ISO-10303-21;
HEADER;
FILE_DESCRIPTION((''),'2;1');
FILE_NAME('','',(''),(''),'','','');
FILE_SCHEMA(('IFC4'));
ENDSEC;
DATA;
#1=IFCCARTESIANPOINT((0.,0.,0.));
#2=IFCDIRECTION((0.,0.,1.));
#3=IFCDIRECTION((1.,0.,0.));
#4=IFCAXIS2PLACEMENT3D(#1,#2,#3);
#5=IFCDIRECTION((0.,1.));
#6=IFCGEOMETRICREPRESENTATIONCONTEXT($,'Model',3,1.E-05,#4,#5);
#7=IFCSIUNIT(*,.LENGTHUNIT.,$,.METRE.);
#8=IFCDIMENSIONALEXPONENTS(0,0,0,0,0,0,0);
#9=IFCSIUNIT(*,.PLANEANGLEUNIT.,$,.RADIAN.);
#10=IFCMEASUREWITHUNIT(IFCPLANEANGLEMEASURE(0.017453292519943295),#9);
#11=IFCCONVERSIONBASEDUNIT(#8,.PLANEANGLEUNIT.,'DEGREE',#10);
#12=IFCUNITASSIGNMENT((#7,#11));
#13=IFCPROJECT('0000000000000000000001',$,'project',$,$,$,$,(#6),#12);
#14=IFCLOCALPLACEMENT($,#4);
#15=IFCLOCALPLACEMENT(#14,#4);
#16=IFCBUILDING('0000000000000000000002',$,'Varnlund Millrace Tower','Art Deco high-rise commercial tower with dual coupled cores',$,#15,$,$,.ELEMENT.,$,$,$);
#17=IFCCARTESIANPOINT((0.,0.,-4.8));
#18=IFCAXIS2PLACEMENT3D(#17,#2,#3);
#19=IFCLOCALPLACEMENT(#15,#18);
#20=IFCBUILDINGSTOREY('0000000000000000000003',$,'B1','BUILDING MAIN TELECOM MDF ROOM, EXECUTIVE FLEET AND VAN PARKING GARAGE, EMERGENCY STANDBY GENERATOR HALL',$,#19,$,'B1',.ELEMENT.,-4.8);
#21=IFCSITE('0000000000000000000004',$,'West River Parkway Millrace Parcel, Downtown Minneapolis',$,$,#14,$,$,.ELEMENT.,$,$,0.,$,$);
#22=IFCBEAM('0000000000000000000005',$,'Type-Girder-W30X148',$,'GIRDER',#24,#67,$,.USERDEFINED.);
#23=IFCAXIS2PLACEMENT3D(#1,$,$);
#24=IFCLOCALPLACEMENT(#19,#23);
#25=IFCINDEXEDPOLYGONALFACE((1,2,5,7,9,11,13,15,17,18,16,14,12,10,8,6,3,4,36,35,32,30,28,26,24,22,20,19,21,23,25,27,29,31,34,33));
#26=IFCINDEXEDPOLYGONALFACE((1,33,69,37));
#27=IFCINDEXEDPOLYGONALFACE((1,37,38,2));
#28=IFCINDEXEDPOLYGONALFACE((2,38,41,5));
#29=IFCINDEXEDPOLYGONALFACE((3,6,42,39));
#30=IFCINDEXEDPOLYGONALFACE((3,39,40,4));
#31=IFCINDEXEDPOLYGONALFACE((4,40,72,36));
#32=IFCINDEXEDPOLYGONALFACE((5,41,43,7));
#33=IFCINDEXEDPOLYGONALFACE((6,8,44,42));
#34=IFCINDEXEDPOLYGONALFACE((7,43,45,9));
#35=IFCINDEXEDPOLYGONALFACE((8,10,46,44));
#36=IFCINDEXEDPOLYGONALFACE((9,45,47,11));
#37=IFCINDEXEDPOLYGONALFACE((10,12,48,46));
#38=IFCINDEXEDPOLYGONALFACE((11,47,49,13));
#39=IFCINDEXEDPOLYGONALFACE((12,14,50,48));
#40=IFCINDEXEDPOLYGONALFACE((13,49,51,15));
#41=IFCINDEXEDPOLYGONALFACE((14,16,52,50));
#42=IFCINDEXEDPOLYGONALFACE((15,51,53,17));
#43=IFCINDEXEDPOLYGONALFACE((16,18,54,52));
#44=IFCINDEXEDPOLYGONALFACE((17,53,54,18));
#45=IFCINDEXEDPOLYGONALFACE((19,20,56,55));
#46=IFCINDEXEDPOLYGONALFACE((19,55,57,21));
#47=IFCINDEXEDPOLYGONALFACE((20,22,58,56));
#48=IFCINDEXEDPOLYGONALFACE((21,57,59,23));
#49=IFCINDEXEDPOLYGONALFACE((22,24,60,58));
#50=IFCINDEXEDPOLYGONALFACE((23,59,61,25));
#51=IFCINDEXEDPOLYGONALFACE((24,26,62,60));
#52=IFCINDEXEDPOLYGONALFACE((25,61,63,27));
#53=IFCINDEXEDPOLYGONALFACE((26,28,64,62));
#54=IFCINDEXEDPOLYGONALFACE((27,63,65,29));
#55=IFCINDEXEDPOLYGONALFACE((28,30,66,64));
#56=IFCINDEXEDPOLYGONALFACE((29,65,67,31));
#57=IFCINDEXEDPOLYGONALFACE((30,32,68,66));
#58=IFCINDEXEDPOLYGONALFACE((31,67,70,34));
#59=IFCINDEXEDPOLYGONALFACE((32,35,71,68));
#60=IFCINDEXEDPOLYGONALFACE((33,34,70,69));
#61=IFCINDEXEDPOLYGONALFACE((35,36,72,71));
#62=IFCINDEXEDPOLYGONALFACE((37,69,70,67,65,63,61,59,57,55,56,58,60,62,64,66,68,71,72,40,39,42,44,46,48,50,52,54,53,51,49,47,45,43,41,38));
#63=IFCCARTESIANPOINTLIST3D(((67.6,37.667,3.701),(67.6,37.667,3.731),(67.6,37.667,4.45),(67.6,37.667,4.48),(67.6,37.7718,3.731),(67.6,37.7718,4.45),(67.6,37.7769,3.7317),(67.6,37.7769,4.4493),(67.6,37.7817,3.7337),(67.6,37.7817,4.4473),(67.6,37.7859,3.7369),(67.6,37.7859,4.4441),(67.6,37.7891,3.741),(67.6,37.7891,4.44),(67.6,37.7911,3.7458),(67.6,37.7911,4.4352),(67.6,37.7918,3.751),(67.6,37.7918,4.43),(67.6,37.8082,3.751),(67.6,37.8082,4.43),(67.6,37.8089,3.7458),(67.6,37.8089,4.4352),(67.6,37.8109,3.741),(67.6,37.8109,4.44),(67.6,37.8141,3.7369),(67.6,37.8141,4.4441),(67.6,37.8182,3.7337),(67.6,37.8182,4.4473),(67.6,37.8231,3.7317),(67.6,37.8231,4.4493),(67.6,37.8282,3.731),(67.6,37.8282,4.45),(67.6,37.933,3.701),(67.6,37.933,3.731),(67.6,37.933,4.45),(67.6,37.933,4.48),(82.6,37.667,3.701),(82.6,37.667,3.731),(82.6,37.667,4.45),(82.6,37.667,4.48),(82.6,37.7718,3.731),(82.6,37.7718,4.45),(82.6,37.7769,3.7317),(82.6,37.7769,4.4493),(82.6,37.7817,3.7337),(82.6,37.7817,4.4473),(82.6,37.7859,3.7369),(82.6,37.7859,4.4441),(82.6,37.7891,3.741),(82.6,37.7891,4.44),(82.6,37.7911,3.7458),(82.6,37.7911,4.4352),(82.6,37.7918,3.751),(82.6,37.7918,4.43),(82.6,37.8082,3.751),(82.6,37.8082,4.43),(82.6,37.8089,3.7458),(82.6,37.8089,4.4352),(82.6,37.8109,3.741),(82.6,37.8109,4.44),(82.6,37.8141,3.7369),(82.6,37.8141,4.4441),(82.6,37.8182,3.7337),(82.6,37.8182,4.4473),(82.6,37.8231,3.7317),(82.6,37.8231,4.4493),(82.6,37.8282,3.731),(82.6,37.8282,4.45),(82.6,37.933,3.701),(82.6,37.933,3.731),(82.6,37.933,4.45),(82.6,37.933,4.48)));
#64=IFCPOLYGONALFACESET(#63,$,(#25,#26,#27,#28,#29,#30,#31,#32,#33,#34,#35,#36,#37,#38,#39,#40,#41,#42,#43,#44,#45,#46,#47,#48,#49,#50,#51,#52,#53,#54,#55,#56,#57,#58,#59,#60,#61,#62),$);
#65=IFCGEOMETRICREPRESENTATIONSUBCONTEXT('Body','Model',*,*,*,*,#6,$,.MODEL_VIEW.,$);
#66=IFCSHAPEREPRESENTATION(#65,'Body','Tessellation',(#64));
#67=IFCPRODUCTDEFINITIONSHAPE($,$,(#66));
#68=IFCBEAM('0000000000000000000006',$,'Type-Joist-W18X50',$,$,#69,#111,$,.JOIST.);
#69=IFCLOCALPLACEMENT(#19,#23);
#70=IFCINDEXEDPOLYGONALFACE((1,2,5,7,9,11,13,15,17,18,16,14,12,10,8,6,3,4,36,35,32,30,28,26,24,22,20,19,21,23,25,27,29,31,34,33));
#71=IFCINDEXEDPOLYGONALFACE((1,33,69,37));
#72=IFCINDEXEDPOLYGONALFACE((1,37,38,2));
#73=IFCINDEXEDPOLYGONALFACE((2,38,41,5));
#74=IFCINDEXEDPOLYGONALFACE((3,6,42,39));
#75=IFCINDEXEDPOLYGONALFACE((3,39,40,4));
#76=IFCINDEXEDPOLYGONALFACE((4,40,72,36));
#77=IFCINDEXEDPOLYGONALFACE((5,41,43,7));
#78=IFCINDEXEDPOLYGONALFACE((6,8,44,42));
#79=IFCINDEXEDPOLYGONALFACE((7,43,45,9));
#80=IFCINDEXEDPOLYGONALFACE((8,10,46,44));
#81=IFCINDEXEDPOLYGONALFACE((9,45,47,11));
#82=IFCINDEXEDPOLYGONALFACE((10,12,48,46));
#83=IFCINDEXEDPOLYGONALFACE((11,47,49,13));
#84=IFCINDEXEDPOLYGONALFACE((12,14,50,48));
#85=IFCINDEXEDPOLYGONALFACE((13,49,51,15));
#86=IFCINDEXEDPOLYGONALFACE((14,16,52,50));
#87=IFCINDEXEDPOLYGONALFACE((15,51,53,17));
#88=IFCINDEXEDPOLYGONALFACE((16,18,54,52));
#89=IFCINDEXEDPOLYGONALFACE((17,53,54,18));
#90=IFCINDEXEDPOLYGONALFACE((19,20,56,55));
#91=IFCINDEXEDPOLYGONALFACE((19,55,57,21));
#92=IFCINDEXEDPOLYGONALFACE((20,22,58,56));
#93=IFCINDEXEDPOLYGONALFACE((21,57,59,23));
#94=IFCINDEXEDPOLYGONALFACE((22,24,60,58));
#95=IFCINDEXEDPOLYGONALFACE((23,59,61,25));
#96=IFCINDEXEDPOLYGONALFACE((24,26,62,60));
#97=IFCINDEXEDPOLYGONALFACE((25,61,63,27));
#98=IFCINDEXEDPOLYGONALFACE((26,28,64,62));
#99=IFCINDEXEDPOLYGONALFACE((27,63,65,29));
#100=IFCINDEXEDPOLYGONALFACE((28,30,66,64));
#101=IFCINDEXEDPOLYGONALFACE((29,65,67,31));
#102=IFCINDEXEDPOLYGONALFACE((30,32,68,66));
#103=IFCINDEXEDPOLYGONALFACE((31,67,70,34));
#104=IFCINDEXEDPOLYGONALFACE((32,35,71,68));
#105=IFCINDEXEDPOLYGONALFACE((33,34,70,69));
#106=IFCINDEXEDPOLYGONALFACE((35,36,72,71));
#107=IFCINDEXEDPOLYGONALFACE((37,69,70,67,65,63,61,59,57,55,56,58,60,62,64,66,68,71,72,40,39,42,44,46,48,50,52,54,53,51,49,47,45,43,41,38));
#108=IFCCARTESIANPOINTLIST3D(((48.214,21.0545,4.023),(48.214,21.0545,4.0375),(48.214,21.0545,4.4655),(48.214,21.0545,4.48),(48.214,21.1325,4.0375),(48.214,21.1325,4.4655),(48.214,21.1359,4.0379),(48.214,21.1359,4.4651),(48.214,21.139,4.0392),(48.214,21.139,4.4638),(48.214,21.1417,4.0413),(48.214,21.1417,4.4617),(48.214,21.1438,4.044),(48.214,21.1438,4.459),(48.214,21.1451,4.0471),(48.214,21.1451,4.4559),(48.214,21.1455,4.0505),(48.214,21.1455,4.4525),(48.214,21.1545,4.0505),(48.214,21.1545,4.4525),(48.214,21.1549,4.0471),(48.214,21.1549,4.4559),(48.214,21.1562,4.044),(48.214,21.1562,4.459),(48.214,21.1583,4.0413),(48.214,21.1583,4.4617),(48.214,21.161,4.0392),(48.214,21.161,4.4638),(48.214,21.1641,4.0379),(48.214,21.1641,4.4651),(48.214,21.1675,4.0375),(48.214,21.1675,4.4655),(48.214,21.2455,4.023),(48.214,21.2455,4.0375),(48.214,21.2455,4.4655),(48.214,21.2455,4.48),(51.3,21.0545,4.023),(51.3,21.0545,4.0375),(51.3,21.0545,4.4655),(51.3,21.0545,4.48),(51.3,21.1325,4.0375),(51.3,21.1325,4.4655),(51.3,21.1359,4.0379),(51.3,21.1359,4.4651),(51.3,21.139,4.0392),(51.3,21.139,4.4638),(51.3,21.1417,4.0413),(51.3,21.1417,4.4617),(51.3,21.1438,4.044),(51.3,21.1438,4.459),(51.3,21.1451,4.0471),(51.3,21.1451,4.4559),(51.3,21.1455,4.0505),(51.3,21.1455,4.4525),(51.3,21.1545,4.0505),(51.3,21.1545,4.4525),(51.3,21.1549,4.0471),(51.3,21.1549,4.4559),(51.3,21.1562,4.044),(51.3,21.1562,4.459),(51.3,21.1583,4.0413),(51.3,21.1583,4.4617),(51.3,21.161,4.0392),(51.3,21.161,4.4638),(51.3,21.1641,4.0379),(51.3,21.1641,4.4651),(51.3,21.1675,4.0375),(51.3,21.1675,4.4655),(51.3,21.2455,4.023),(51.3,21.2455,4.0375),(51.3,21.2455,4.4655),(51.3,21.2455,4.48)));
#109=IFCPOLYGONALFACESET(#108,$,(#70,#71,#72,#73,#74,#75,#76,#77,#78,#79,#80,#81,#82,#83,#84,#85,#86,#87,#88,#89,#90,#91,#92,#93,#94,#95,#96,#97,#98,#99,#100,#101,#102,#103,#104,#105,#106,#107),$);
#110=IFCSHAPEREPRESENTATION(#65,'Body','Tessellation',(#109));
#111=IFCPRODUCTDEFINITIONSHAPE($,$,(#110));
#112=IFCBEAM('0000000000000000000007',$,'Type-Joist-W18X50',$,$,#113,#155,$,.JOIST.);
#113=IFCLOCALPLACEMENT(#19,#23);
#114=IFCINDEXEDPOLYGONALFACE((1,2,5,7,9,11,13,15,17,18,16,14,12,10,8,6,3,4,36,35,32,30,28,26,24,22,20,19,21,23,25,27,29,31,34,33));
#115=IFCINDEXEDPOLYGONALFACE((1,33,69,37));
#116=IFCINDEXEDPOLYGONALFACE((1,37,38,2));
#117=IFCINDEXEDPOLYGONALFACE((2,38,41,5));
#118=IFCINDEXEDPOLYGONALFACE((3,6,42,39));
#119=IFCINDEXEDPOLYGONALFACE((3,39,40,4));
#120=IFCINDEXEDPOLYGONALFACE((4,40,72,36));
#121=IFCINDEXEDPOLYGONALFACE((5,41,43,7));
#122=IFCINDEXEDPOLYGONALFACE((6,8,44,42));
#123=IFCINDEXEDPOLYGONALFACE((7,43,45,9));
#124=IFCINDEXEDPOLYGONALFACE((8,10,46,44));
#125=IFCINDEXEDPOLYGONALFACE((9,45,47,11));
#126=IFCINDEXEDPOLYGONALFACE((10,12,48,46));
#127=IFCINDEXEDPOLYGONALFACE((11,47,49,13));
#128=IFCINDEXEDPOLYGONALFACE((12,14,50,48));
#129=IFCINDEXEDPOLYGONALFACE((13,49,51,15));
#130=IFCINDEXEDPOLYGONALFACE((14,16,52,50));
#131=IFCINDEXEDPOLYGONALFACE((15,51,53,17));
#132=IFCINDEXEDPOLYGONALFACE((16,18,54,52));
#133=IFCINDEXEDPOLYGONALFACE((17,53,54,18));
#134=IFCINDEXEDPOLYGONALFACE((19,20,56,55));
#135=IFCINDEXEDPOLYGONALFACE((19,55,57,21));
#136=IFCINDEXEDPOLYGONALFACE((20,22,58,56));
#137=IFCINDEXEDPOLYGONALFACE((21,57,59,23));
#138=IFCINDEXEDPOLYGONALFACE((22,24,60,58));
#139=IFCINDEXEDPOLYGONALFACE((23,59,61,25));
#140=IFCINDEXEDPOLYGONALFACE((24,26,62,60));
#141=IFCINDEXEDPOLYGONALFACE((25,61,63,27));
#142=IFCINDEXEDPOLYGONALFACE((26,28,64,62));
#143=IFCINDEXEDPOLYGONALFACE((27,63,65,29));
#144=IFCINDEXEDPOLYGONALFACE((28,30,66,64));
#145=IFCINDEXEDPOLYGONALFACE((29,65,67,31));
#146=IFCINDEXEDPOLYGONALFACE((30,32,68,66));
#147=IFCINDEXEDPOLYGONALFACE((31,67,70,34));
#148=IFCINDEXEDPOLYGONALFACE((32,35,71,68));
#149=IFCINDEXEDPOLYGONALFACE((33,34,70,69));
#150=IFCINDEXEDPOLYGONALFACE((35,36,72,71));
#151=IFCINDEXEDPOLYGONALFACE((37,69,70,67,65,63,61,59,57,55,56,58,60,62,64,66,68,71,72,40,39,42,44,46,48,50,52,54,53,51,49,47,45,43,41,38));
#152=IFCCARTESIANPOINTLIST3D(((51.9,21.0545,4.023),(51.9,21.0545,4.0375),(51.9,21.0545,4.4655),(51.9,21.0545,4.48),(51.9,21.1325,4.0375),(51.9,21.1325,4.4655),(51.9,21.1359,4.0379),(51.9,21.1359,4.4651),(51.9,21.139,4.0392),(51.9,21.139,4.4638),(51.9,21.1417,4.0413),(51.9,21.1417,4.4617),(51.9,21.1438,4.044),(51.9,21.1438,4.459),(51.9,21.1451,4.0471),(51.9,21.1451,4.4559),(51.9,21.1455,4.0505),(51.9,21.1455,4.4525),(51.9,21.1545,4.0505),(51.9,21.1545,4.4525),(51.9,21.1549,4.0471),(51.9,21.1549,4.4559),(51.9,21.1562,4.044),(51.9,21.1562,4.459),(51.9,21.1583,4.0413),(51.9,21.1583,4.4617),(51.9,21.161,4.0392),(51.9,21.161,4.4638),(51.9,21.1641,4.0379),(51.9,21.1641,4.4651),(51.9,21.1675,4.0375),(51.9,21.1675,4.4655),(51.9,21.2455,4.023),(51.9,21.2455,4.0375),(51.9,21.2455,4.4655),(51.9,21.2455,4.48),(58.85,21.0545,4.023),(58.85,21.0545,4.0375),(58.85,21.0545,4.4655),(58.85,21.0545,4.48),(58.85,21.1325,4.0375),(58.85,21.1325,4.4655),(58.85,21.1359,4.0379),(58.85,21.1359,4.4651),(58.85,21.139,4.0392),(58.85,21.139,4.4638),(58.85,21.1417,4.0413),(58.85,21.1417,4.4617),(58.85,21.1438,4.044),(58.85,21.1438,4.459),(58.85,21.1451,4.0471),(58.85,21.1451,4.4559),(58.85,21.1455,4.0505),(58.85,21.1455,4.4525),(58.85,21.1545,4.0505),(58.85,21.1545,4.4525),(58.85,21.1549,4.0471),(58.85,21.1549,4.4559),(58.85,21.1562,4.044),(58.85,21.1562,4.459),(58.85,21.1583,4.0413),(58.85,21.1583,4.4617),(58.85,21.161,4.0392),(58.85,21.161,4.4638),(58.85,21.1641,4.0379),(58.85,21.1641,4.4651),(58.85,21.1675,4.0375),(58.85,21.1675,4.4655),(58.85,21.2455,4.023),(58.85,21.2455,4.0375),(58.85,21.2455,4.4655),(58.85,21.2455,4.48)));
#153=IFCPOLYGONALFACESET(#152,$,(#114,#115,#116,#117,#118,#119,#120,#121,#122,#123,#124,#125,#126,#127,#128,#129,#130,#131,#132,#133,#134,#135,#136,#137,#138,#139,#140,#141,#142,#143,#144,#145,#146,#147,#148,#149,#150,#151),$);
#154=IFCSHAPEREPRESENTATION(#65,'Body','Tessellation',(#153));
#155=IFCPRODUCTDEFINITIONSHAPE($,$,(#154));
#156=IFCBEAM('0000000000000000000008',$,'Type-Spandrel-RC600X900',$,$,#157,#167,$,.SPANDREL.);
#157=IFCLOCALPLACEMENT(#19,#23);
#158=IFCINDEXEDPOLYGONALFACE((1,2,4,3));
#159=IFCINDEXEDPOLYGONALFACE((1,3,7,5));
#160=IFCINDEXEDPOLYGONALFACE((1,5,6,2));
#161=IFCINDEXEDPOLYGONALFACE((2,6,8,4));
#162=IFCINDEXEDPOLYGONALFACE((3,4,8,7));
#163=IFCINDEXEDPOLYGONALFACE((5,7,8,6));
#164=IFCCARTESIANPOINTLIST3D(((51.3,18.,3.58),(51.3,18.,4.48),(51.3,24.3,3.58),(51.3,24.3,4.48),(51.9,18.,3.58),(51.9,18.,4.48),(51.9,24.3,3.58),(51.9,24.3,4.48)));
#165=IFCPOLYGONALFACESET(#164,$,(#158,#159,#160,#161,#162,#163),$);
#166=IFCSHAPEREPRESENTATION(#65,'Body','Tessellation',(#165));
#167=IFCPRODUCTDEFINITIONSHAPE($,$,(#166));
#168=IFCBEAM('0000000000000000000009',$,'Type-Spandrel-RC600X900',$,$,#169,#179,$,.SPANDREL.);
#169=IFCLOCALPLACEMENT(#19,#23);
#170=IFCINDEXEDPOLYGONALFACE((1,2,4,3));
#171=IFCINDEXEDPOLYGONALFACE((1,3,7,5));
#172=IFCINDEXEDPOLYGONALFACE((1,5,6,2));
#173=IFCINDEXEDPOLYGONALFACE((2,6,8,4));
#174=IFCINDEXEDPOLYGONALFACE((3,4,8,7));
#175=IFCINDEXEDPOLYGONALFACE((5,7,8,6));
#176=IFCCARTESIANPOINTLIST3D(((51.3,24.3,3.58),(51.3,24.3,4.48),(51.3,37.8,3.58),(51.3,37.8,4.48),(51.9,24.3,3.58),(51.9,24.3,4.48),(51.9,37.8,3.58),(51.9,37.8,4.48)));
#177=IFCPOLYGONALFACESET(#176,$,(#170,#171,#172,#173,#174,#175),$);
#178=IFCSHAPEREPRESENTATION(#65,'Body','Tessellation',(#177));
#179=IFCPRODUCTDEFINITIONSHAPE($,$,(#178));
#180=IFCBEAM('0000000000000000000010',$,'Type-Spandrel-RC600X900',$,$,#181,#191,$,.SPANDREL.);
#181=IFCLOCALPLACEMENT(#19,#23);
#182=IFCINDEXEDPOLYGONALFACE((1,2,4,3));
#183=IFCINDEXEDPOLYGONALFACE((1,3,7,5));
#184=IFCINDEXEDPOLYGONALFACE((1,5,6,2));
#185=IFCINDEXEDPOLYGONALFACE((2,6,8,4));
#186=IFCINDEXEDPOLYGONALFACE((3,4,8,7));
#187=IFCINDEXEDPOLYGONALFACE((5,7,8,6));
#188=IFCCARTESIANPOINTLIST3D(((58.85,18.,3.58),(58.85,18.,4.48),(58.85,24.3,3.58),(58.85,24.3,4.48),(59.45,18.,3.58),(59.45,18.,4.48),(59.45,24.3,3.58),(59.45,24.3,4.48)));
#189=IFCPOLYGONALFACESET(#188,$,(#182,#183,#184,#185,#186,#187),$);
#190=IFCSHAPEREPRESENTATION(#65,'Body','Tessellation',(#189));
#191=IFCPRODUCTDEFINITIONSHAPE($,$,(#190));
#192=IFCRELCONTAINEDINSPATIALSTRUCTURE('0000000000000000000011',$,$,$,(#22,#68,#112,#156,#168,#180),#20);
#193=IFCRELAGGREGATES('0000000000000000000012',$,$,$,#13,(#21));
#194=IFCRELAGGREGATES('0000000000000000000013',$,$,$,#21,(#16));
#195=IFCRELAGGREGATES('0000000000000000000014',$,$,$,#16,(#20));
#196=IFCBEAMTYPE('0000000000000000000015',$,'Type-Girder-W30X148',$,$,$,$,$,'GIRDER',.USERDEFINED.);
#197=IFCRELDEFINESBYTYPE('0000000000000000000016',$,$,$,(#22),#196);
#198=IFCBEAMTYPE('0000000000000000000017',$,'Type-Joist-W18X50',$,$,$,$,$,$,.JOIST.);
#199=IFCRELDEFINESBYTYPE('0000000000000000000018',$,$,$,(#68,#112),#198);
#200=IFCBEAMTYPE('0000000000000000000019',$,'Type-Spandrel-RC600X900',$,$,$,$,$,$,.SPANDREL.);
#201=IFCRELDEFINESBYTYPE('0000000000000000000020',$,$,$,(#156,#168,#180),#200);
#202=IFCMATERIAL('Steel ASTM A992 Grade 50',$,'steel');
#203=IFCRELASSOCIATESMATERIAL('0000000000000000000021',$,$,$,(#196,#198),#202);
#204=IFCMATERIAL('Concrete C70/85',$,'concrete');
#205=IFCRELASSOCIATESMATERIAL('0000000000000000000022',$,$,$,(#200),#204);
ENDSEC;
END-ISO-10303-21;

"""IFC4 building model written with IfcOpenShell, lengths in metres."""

from ifc_helpers import new_model, entity, si_unit, converted_unit, direction, frame, origin_with_axes, origin_2d_with_axis, place, context, subcontext, project, spatial, rectangle, i_section, extrude, material, material_profile, profile_set, type_object, element, save


model = new_model("IFC4")

# Units and contexts
model_context = context("Model", 3, precision=1e-05, world=origin_with_axes(), true_north=direction((0.0, 1.0)))
body_context = subcontext(model_context, "Body", "Model", "MODEL_VIEW")
ifc_project = project(units=[si_unit("LENGTHUNIT", "METRE"), converted_unit("PLANEANGLEUNIT", "DEGREE", entity("IfcPlaneAngleMeasure", 0.017453292519943295), si_unit("PLANEANGLEUNIT", "RADIAN"), dimensions=[0, 0, 0, 0, 0, 0, 0])], contexts=[model_context])

# Site, building, storey
site_placement = place(None, origin_with_axes())
site = spatial("IfcSite", under=ifc_project, at=site_placement, Name="West River Parkway Millrace Parcel, Downtown Minneapolis", CompositionType="ELEMENT", RefElevation=0.0)
building_placement = place(site_placement, origin_with_axes())
building = spatial("IfcBuilding", under=site, at=building_placement, Name="Varnlund Millrace Tower", Description="Art Deco high-rise commercial tower with dual coupled cores", CompositionType="ELEMENT")
storey_placement = place(building_placement, frame((0.0, 0.0, -4.8), z_axis=(0.0, 0.0, 1.0), x_axis=(1.0, 0.0, 0.0)))
storey = spatial("IfcBuildingStorey", under=building, at=storey_placement, Name="B1", Description="BUILDING MAIN TELECOM MDF ROOM, EXECUTIVE FLEET AND VAN PARKING GARAGE, EMERGENCY STANDBY GENERATOR HALL", LongName="B1", CompositionType="ELEMENT", Elevation=-4.8)

# Beams
ifc_material_1 = material(Name="Steel ASTM A992 Grade 50", Category="steel")
ifc_material_profile_1 = material_profile(ifc_material_1, i_section(OverallWidth=0.266, OverallDepth=0.779, WebThickness=0.0165, FlangeThickness=0.03, FilletRadius=0.02, at=origin_2d_with_axis()), Name="Steel ASTM A992 Grade 50")
ifc_profile_set_1 = profile_set([ifc_material_profile_1], Name="Steel ASTM A992 Grade 50")
beam_type_1 = type_object("IfcBeamType", Name="Type-Girder-W30X148", ElementType="GIRDER", PredefinedType="USERDEFINED", material=ifc_profile_set_1)
beam_1_placement = place(storey_placement, frame((67.6, 37.8, 4.0905), z_axis=(1.0, 0.0, 0.0), x_axis=(0.0, 1.0, 0.0)))
element("IfcBeam", 1, at=beam_1_placement, inside=storey, type_object=beam_type_1, Name="Type-Girder-W30X148", ObjectType="GIRDER", PredefinedType="USERDEFINED", context=body_context, shape_type="SweptSolid", body=[
    extrude(i_section(OverallWidth=0.266, OverallDepth=0.779, WebThickness=0.0165, FlangeThickness=0.03, FilletRadius=0.02, at=origin_2d_with_axis()), origin_with_axes(), (0.0, 0.0, 1.0), 15.0),
])
ifc_material_profile_2 = material_profile(ifc_material_1, i_section(OverallWidth=0.191, OverallDepth=0.457, WebThickness=0.009, FlangeThickness=0.0145, FilletRadius=0.013, at=origin_2d_with_axis()), Name="Steel ASTM A992 Grade 50")
ifc_profile_set_2 = profile_set([ifc_material_profile_2], Name="Steel ASTM A992 Grade 50")
beam_type_2 = type_object("IfcBeamType", Name="Type-Joist-W18X50", PredefinedType="JOIST", material=ifc_profile_set_2)
beam_2_placement = place(storey_placement, frame((48.214, 21.15, 4.2515), z_axis=(1.0, 0.0, 0.0), x_axis=(0.0, 1.0, 0.0)))
element("IfcBeam", 2, at=beam_2_placement, inside=storey, type_object=beam_type_2, Name="Type-Joist-W18X50", PredefinedType="JOIST", context=body_context, shape_type="SweptSolid", body=[
    extrude(i_section(OverallWidth=0.191, OverallDepth=0.457, WebThickness=0.009, FlangeThickness=0.0145, FilletRadius=0.013, at=origin_2d_with_axis()), origin_with_axes(), (0.0, 0.0, 1.0), 3.086),
])
beam_3_placement = place(storey_placement, frame((51.9, 21.15, 4.2515), z_axis=(1.0, 0.0, 0.0), x_axis=(0.0, 1.0, 0.0)))
element("IfcBeam", 3, at=beam_3_placement, inside=storey, type_object=beam_type_2, Name="Type-Joist-W18X50", PredefinedType="JOIST", context=body_context, shape_type="SweptSolid", body=[
    extrude(i_section(OverallWidth=0.191, OverallDepth=0.457, WebThickness=0.009, FlangeThickness=0.0145, FilletRadius=0.013, at=origin_2d_with_axis()), origin_with_axes(), (0.0, 0.0, 1.0), 6.95),
])
ifc_material_2 = material(Name="Concrete C70/85", Category="concrete")
ifc_material_profile_3 = material_profile(ifc_material_2, rectangle(XDim=0.6, YDim=0.9, at=origin_2d_with_axis()), Name="Concrete C70/85")
ifc_profile_set_3 = profile_set([ifc_material_profile_3], Name="Concrete C70/85")
beam_type_3 = type_object("IfcBeamType", Name="Type-Spandrel-RC600X900", PredefinedType="SPANDREL", material=ifc_profile_set_3)
beam_4_placement = place(storey_placement, frame((51.6, 18.0, 4.03), z_axis=(0.0, 1.0, 0.0), x_axis=(-1.0, 0.0, 0.0)))
element("IfcBeam", 4, at=beam_4_placement, inside=storey, type_object=beam_type_3, Name="Type-Spandrel-RC600X900", PredefinedType="SPANDREL", context=body_context, shape_type="SweptSolid", body=[
    extrude(rectangle(XDim=0.6, YDim=0.9, at=origin_2d_with_axis()), origin_with_axes(), (0.0, 0.0, 1.0), 6.3),
])
beam_5_placement = place(storey_placement, frame((51.6, 24.3, 4.03), z_axis=(0.0, 1.0, 0.0), x_axis=(-1.0, 0.0, 0.0)))
element("IfcBeam", 5, at=beam_5_placement, inside=storey, type_object=beam_type_3, Name="Type-Spandrel-RC600X900", PredefinedType="SPANDREL", context=body_context, shape_type="SweptSolid", body=[
    extrude(rectangle(XDim=0.6, YDim=0.9, at=origin_2d_with_axis()), origin_with_axes(), (0.0, 0.0, 1.0), 13.5),
])
beam_6_placement = place(storey_placement, frame((59.15, 18.0, 4.03), z_axis=(0.0, 1.0, 0.0), x_axis=(-1.0, 0.0, 0.0)))
element("IfcBeam", 6, at=beam_6_placement, inside=storey, type_object=beam_type_3, Name="Type-Spandrel-RC600X900", PredefinedType="SPANDREL", context=body_context, shape_type="SweptSolid", body=[
    extrude(rectangle(XDim=0.6, YDim=0.9, at=origin_2d_with_axis()), origin_with_axes(), (0.0, 0.0, 1.0), 6.3),
])

save(model, "model.ifc")
